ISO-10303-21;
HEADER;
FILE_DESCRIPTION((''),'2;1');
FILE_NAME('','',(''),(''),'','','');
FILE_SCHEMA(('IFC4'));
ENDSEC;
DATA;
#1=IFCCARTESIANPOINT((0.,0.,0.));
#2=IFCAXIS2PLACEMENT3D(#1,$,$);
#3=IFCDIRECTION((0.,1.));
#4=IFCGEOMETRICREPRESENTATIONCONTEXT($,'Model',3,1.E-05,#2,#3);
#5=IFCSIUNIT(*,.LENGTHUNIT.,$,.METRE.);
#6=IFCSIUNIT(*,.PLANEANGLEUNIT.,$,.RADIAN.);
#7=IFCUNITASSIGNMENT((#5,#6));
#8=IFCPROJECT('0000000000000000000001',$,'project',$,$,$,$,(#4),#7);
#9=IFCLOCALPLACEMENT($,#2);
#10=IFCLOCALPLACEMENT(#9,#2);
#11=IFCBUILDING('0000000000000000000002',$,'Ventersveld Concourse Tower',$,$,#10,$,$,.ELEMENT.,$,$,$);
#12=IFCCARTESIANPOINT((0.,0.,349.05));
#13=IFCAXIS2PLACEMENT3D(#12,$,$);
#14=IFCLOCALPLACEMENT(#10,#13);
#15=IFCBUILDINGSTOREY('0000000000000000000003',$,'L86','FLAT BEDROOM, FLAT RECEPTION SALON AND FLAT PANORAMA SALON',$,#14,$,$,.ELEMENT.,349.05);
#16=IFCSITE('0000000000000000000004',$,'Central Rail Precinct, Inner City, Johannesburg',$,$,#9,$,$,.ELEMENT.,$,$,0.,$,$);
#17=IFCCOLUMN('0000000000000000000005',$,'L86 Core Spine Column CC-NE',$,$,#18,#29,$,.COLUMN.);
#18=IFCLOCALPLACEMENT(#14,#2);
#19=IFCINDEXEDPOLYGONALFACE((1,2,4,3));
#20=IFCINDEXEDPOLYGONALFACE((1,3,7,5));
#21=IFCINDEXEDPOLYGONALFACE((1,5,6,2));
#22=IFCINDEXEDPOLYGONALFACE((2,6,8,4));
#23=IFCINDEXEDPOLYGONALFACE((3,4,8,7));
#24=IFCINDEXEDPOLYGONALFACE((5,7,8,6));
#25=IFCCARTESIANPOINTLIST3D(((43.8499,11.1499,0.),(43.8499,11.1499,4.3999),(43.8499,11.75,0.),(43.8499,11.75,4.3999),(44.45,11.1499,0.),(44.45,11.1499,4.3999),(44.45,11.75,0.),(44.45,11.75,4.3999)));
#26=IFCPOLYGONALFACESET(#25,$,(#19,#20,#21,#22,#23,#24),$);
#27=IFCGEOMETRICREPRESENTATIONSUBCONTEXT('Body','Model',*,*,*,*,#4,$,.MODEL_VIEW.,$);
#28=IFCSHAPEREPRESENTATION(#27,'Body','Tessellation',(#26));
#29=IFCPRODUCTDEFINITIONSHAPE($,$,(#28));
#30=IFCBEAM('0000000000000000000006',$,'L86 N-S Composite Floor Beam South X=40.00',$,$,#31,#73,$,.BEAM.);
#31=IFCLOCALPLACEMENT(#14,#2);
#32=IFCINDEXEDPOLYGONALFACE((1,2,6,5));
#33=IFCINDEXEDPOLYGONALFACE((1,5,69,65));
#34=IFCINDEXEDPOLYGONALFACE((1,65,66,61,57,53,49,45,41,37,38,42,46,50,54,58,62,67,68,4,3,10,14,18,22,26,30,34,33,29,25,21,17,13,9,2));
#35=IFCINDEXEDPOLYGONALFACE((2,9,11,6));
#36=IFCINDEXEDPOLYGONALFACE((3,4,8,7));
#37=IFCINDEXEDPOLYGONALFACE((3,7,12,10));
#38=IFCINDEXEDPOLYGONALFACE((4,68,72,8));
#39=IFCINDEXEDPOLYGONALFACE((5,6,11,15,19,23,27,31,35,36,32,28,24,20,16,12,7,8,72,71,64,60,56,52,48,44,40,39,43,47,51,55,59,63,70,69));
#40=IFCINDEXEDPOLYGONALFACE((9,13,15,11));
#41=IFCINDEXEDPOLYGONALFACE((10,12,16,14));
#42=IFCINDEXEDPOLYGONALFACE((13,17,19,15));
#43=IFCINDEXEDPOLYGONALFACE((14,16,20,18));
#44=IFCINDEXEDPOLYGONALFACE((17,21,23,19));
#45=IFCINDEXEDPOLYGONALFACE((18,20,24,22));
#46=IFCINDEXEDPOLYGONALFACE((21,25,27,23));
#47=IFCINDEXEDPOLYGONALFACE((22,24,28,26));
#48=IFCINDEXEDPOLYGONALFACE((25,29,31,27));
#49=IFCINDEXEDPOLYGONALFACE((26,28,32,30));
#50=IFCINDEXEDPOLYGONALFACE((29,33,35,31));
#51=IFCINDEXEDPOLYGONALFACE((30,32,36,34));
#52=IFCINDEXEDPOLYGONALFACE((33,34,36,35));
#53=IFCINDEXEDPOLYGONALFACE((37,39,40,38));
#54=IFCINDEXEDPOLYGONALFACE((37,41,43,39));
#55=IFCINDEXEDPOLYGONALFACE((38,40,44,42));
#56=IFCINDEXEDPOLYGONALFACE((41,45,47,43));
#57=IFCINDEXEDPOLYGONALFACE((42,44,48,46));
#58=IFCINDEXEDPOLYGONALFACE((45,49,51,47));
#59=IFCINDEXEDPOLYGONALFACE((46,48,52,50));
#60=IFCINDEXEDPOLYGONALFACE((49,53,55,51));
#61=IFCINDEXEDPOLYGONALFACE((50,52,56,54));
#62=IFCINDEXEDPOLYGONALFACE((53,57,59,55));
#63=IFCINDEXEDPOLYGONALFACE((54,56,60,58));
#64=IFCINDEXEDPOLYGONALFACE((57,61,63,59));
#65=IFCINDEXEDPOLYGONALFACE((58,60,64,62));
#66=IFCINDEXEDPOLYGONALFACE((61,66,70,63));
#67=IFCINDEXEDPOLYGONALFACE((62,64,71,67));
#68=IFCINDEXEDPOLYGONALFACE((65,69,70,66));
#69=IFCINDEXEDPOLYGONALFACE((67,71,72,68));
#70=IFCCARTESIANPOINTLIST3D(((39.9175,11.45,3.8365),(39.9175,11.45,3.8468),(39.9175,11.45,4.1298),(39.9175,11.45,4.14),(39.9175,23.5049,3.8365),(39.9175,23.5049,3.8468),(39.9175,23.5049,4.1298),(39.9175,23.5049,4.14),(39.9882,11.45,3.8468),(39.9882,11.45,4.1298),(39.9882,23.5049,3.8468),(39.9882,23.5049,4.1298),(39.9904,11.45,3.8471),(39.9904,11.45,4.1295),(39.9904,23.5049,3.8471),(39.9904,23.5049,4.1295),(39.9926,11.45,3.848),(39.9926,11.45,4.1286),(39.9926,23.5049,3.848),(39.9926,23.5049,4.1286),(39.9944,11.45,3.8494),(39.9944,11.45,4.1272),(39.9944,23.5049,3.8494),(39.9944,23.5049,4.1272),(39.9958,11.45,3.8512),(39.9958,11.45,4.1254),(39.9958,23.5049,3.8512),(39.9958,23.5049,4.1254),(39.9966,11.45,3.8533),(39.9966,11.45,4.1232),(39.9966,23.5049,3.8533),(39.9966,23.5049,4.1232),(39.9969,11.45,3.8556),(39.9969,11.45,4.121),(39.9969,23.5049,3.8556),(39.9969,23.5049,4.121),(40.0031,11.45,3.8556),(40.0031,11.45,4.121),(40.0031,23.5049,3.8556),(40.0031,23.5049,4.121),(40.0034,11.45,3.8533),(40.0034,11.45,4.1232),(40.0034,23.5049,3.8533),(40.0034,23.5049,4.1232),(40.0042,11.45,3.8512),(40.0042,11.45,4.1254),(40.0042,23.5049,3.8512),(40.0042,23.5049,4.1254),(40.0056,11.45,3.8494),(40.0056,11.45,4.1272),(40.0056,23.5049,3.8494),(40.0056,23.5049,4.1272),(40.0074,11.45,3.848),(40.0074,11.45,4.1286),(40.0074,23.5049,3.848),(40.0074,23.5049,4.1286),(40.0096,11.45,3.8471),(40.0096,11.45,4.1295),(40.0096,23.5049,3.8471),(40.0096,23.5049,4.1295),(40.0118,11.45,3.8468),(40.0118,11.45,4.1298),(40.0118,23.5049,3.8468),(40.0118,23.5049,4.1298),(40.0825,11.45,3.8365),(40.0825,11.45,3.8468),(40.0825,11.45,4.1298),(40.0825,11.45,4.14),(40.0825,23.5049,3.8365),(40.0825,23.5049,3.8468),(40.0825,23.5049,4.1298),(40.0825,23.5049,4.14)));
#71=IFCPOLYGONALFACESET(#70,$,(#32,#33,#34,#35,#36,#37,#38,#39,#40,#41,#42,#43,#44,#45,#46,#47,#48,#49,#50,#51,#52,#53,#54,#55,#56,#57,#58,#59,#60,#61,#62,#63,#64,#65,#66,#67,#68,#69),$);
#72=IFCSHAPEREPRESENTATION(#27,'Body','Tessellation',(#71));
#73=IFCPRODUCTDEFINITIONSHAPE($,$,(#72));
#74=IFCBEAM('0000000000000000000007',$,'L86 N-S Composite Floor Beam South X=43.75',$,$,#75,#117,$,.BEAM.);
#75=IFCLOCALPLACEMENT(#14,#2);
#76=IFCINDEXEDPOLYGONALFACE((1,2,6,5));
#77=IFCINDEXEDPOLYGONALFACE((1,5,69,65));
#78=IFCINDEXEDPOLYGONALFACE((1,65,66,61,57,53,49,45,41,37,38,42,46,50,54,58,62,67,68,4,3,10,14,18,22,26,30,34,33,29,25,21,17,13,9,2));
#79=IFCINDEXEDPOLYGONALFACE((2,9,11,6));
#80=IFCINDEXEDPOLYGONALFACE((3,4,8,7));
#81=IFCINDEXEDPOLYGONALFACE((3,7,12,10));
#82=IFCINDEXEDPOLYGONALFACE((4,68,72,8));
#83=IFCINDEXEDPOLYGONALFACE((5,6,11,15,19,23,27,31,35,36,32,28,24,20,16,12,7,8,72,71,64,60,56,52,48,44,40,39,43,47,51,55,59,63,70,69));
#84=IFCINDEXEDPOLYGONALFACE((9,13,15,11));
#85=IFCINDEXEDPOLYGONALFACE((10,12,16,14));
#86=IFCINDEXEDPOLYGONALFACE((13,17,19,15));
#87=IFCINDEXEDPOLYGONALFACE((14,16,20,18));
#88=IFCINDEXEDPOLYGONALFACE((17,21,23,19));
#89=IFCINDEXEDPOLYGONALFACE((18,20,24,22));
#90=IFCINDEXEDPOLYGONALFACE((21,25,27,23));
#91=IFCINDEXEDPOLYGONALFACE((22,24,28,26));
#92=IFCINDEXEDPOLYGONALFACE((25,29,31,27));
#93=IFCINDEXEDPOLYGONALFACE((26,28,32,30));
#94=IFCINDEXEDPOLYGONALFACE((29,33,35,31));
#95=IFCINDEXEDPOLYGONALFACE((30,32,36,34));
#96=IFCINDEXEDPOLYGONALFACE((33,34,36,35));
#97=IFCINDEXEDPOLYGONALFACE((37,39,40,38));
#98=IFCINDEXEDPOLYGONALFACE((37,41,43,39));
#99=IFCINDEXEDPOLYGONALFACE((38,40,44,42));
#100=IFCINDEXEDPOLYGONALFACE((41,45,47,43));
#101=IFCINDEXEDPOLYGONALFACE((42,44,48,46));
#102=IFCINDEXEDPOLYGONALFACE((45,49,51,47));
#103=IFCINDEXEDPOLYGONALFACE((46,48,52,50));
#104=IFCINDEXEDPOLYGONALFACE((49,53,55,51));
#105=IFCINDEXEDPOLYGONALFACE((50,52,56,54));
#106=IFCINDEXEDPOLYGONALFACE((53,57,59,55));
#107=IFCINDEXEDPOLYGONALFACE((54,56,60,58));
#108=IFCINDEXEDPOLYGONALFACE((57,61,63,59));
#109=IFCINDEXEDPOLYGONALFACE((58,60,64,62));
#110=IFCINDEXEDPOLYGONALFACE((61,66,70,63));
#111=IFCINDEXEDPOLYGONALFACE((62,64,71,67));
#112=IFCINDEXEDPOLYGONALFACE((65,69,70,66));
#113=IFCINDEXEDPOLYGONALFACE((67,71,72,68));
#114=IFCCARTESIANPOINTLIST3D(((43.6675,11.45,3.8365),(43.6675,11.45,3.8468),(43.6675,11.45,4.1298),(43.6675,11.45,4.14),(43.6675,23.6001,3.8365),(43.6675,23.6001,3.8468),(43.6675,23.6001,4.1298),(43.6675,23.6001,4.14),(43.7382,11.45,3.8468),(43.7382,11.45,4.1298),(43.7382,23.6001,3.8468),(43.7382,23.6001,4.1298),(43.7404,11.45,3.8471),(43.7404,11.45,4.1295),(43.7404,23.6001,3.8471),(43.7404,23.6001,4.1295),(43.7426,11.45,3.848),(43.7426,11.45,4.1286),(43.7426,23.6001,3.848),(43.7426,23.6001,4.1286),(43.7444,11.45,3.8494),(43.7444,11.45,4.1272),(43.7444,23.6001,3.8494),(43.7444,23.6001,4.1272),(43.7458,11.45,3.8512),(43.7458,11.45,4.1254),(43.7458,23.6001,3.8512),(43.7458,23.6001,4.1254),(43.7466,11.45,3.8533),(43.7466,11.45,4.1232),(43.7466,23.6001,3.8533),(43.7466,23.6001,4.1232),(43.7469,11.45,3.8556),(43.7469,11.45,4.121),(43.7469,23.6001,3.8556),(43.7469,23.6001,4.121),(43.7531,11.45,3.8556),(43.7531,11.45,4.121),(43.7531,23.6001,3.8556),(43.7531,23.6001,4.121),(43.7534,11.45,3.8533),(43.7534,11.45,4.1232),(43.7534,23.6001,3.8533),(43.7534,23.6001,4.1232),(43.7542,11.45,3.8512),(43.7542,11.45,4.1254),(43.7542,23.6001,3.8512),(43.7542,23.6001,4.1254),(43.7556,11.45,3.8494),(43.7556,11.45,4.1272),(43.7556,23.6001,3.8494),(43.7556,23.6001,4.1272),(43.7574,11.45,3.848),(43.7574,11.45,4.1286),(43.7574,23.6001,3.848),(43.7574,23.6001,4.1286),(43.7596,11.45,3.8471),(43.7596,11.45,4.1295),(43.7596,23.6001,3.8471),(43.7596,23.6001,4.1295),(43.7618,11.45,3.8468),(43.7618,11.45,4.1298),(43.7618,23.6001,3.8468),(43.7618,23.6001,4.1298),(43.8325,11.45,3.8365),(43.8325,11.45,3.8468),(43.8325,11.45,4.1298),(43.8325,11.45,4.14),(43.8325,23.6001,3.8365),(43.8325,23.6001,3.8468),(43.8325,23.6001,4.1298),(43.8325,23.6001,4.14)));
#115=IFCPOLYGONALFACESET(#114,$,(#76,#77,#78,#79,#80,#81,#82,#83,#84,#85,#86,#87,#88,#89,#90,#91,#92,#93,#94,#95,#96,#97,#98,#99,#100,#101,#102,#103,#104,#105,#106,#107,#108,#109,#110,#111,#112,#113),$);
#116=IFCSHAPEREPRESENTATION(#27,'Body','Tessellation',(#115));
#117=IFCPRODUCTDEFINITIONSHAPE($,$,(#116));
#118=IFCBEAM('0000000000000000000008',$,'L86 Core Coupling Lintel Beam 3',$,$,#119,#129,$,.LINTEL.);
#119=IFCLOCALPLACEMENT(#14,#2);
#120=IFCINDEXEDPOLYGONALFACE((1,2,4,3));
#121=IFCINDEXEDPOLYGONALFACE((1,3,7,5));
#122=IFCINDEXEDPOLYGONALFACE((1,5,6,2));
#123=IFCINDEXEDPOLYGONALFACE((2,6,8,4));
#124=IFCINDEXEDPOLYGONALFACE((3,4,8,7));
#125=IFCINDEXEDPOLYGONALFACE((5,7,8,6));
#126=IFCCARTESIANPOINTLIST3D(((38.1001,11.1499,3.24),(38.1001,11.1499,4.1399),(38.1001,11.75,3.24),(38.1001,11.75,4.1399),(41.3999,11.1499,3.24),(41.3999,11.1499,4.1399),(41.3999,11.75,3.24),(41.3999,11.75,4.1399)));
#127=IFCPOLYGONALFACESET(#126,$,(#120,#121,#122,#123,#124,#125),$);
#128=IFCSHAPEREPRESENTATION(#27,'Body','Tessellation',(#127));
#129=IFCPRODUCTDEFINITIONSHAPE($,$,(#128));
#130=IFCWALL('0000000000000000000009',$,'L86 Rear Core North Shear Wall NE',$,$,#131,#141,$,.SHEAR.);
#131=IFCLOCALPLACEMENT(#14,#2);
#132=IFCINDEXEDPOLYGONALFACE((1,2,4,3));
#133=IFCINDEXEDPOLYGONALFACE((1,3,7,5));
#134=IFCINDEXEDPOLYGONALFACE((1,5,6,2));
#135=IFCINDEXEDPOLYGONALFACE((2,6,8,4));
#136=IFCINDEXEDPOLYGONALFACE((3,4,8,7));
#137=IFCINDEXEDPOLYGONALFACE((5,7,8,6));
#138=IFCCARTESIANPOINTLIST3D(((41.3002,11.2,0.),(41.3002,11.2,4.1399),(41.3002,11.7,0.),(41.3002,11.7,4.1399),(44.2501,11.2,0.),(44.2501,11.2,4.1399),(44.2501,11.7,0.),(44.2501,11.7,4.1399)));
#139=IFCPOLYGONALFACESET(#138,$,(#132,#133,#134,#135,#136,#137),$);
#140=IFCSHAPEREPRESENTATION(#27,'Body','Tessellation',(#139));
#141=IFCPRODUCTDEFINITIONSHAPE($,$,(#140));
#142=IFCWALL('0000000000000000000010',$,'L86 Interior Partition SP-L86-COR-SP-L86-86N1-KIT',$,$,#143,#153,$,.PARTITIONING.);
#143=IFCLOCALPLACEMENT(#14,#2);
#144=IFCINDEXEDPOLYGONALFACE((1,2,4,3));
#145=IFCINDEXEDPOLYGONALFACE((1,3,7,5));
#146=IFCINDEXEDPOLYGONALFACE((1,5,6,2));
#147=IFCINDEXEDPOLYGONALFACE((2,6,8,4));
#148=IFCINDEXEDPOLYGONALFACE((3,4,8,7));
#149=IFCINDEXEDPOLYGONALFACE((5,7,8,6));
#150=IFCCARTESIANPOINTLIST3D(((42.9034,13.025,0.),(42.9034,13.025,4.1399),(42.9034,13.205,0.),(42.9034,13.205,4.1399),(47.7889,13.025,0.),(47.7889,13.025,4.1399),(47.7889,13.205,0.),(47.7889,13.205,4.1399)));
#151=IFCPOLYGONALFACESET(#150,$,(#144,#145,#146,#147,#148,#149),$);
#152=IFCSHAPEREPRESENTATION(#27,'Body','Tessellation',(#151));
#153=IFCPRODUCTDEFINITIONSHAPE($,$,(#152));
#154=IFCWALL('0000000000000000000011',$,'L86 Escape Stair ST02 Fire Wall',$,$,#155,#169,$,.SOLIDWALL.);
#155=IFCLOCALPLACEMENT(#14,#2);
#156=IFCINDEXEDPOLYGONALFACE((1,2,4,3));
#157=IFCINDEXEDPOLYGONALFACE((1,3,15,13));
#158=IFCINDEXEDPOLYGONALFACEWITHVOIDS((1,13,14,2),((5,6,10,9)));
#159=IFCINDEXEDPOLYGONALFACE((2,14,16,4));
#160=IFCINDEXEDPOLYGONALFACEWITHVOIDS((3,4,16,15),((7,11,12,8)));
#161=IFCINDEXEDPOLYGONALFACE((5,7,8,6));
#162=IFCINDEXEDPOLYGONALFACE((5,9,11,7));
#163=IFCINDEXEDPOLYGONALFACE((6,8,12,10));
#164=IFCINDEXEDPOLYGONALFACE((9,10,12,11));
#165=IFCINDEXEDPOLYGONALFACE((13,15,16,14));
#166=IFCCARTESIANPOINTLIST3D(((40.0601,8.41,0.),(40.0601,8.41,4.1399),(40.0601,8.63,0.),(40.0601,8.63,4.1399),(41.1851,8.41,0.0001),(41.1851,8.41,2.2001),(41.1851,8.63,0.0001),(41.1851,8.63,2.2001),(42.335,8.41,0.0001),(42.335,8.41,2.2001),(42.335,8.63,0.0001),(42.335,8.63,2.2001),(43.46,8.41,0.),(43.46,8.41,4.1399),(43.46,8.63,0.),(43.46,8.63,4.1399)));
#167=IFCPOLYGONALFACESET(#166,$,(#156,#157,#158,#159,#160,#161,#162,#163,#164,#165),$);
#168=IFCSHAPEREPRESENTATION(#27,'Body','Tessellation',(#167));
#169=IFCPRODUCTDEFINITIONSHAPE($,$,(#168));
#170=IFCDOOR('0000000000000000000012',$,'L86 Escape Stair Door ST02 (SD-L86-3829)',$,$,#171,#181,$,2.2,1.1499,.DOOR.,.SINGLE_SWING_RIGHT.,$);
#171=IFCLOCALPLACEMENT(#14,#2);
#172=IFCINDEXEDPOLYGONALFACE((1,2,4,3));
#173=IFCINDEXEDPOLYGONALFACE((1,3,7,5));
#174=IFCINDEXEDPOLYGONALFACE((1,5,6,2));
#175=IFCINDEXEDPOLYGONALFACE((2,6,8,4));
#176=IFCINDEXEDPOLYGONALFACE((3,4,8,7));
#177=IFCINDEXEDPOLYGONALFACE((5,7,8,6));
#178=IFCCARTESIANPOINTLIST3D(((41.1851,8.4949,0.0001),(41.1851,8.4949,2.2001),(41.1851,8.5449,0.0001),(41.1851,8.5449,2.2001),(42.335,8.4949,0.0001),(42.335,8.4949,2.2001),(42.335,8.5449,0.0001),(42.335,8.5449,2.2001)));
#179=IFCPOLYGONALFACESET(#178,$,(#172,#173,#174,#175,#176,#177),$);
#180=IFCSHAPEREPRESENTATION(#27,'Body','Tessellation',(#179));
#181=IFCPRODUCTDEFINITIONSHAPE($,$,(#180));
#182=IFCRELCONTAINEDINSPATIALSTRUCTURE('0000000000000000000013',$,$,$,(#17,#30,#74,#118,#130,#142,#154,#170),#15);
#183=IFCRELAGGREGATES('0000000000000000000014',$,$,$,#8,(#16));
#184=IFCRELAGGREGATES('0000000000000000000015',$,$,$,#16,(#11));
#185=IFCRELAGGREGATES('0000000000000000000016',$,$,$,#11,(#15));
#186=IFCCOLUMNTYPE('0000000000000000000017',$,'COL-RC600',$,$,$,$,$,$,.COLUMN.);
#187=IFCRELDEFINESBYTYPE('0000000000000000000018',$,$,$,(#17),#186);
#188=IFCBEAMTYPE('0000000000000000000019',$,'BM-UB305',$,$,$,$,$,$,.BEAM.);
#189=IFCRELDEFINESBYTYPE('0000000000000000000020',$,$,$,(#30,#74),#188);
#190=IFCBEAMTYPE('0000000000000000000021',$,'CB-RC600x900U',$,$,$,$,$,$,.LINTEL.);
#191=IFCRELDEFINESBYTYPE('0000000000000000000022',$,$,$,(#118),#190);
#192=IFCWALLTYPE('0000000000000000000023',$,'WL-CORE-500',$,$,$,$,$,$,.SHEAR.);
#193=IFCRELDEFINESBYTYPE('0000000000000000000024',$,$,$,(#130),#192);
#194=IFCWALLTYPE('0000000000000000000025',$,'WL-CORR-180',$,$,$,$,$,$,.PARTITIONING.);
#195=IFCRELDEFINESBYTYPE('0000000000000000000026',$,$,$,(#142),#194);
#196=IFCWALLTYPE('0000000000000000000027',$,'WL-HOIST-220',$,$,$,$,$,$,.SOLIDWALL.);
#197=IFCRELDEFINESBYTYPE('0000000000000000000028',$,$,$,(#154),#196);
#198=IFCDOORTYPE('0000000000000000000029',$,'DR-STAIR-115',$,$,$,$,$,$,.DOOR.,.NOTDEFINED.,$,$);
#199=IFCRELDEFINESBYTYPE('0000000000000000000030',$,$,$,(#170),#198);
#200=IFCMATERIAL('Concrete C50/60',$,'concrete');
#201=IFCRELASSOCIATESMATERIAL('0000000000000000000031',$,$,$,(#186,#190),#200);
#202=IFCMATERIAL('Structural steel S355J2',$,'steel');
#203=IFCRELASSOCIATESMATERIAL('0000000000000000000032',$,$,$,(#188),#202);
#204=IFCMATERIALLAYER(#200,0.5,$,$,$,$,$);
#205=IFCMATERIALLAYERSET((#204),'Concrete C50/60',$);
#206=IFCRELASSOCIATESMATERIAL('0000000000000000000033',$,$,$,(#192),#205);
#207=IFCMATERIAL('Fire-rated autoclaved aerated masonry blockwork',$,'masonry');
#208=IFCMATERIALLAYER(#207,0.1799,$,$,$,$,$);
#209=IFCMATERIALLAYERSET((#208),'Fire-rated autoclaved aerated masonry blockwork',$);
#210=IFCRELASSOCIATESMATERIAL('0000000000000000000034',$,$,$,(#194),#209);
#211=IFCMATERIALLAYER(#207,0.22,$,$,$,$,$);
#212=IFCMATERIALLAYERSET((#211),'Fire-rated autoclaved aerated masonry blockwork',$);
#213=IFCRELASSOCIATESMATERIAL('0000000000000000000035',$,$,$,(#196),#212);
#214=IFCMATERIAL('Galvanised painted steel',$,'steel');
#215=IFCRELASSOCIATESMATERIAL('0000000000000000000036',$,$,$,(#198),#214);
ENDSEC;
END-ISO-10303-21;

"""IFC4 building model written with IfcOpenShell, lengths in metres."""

from ifc_helpers import new_model, si_unit, direction, frame, frame_2d, origin, origin_2d, place, context, subcontext, project, spatial, rectangle, i_section, extrude, material, layer, layer_set, material_profile, profile_set, type_object, element, fill, save


model = new_model("IFC4")

# Units and contexts
model_context = context("Model", 3, precision=1e-05, world=origin(), true_north=direction((0.0, 1.0)))
body_context = subcontext(model_context, "Body", "Model", "MODEL_VIEW")
ifc_project = project(units=[si_unit("LENGTHUNIT", "METRE"), si_unit("PLANEANGLEUNIT", "RADIAN")], contexts=[model_context])

# Site, building, storey
site_placement = place(None, origin())
site = spatial("IfcSite", under=ifc_project, at=site_placement, Name="Central Rail Precinct, Inner City, Johannesburg", CompositionType="ELEMENT", RefElevation=0.0)
building_placement = place(site_placement, origin())
building = spatial("IfcBuilding", under=site, at=building_placement, Name="Ventersveld Concourse Tower", CompositionType="ELEMENT")
storey_placement = place(building_placement, frame((0.0, 0.0, 349.05)))
storey = spatial("IfcBuildingStorey", under=building, at=storey_placement, Name="L86", Description="FLAT BEDROOM, FLAT RECEPTION SALON AND FLAT PANORAMA SALON", CompositionType="ELEMENT", Elevation=349.05)

# Column
ifc_material_1 = material(Name="Concrete C50/60", Category="concrete")
ifc_material_profile_1 = material_profile(ifc_material_1, rectangle(XDim=0.6001, YDim=0.6001, at=origin_2d()), Name="RC 600x600")
ifc_profile_set_1 = profile_set([ifc_material_profile_1], Name="Concrete C50/60")
column_type = type_object("IfcColumnType", Name="COL-RC600", PredefinedType="COLUMN", material=ifc_profile_set_1)
column_placement = place(storey_placement, frame((44.1499, 11.45, 0.0), z_axis=(0.0, 0.0, 1.0), x_axis=(1.0, 0.0, 0.0)))
element("IfcColumn", 1, at=column_placement, inside=storey, type_object=column_type, Name="L86 Core Spine Column CC-NE", PredefinedType="COLUMN", context=body_context, shape_type="SweptSolid", body=[
    extrude(rectangle(XDim=0.6001, YDim=0.6001, at=origin_2d()), origin(), (0.0, 0.0, 1.0), 4.3999),
])

# Beams
ifc_material_2 = material(Name="Structural steel S355J2", Category="steel")
ifc_material_profile_2 = material_profile(ifc_material_2, i_section(OverallWidth=0.165, OverallDepth=0.3035, WebThickness=0.0061, FlangeThickness=0.0103, FilletRadius=0.0088, at=origin_2d()), Name="UB 305x165x40")
ifc_profile_set_2 = profile_set([ifc_material_profile_2], Name="Structural steel S355J2")
beam_type_1 = type_object("IfcBeamType", Name="BM-UB305", PredefinedType="BEAM", material=ifc_profile_set_2)
beam_1_placement = place(storey_placement, frame((40.0, 11.45, 3.9883), z_axis=(0.0, 1.0, 0.0), x_axis=(-1.0, 0.0, 0.0)))
element("IfcBeam", 2, at=beam_1_placement, inside=storey, type_object=beam_type_1, Name="L86 N-S Composite Floor Beam South X=40.00", PredefinedType="BEAM", context=body_context, shape_type="SweptSolid", body=[
    extrude(i_section(OverallWidth=0.165, OverallDepth=0.3035, WebThickness=0.0061, FlangeThickness=0.0103, FilletRadius=0.0088, at=origin_2d()), origin(), (0.0, 0.0, 1.0), 12.0549),
])
beam_2_placement = place(storey_placement, frame((43.75, 11.45, 3.9883), z_axis=(0.0, 1.0, 0.0), x_axis=(-1.0, 0.0, 0.0)))
element("IfcBeam", 3, at=beam_2_placement, inside=storey, type_object=beam_type_1, Name="L86 N-S Composite Floor Beam South X=43.75", PredefinedType="BEAM", context=body_context, shape_type="SweptSolid", body=[
    extrude(i_section(OverallWidth=0.165, OverallDepth=0.3035, WebThickness=0.0061, FlangeThickness=0.0103, FilletRadius=0.0088, at=origin_2d()), origin(), (0.0, 0.0, 1.0), 12.1501),
])
ifc_material_profile_3 = material_profile(ifc_material_1, rectangle(XDim=0.6001, YDim=0.8999, at=origin_2d()), Name="RC 600x900")
ifc_profile_set_3 = profile_set([ifc_material_profile_3], Name="Concrete C50/60")
beam_type_2 = type_object("IfcBeamType", Name="CB-RC600x900U", PredefinedType="LINTEL", material=ifc_profile_set_3)
beam_3_placement = place(storey_placement, frame((38.1001, 11.45, 3.6899), z_axis=(1.0, 0.0, 0.0), x_axis=(0.0, 1.0, 0.0)))
element("IfcBeam", 4, at=beam_3_placement, inside=storey, type_object=beam_type_2, Name="L86 Core Coupling Lintel Beam 3", PredefinedType="LINTEL", context=body_context, shape_type="SweptSolid", body=[
    extrude(rectangle(XDim=0.6001, YDim=0.8999, at=origin_2d()), origin(), (0.0, 0.0, 1.0), 3.2998),
])

# Wall
ifc_layer_1 = layer(ifc_material_1, 0.5)
ifc_layer_set_1 = layer_set([ifc_layer_1], Name="Concrete C50/60")
wall_type_1 = type_object("IfcWallType", Name="WL-CORE-500", PredefinedType="SHEAR", material=ifc_layer_set_1)
wall_1_placement = place(storey_placement, frame((41.3, 11.45, 0.0), z_axis=(0.0, 0.0, 1.0), x_axis=(1.0, 0.0, 0.0)))
element("IfcWall", 5, at=wall_1_placement, inside=storey, type_object=wall_type_1, Name="L86 Rear Core North Shear Wall NE", PredefinedType="SHEAR", context=body_context, shape_type="SweptSolid", body=[
    extrude(rectangle(XDim=2.95, YDim=0.5, at=frame_2d((1.4751, 0.0))), origin(), (0.0, 0.0, 1.0), 4.1399),
])

# Shared definitions
ifc_material_3 = material(Name="Fire-rated autoclaved aerated masonry blockwork", Category="masonry")
ifc_layer_2 = layer(ifc_material_3, 0.1799)
ifc_layer_set_2 = layer_set([ifc_layer_2], Name="Fire-rated autoclaved aerated masonry blockwork")
wall_type_2 = type_object("IfcWallType", Name="WL-CORR-180", PredefinedType="PARTITIONING", material=ifc_layer_set_2)

# Wall
wall_2_placement = place(storey_placement, frame((42.9033, 13.115, 0.0), z_axis=(0.0, 0.0, 1.0), x_axis=(1.0, 0.0, 0.0)))
element("IfcWall", 6, at=wall_2_placement, inside=storey, type_object=wall_type_2, Name="L86 Interior Partition SP-L86-COR-SP-L86-86N1-KIT", PredefinedType="PARTITIONING", context=body_context, shape_type="SweptSolid", body=[
    extrude(rectangle(XDim=4.8855, YDim=0.1799, at=frame_2d((2.4429, 0.0))), origin(), (0.0, 0.0, 1.0), 4.1399),
])

# Wall, opening, door
ifc_layer_3 = layer(ifc_material_3, 0.22)
ifc_layer_set_3 = layer_set([ifc_layer_3], Name="Fire-rated autoclaved aerated masonry blockwork")
wall_type_3 = type_object("IfcWallType", Name="WL-HOIST-220", PredefinedType="SOLIDWALL", material=ifc_layer_set_3)
wall_3_placement = place(storey_placement, frame((40.0601, 8.52, 0.0), z_axis=(0.0, 0.0, 1.0), x_axis=(1.0, 0.0, 0.0)))
wall_3 = element("IfcWall", 7, at=wall_3_placement, inside=storey, type_object=wall_type_3, Name="L86 Escape Stair ST02 Fire Wall", PredefinedType="SOLIDWALL", context=body_context, shape_type="SweptSolid", body=[
    extrude(rectangle(XDim=3.3999, YDim=0.22, at=frame_2d((1.7, 0.0))), origin(), (0.0, 0.0, 1.0), 4.1399),
])
opening_1_placement = place(wall_3_placement, frame((1.125, 0.0, 0.0)))
opening_1 = element("IfcOpeningElement", 8, at=opening_1_placement, cuts=wall_3, PredefinedType="OPENING", context=body_context, shape_type="SweptSolid", body=[
    extrude(rectangle(XDim=1.1499, YDim=2.2, at=frame_2d((0.575, 1.1001))), frame((0.0, 0.1201, 0.0), z_axis=(0.0, -1.0, 0.0), x_axis=(1.0, 0.0, 0.0)), (0.0, 0.0, 1.0), 0.24),
])
ifc_material_4 = material(Name="Galvanised painted steel", Category="steel")
door_type_1 = type_object("IfcDoorType", Name="DR-STAIR-115", OperationType="NOTDEFINED", PredefinedType="DOOR", material=ifc_material_4)
door_1_placement = place(opening_1_placement, origin())
door_1 = element("IfcDoor", 9, at=door_1_placement, inside=storey, type_object=door_type_1, Name="L86 Escape Stair Door ST02 (SD-L86-3829)", OperationType="SINGLE_SWING_RIGHT", OverallHeight=2.2, OverallWidth=1.1499, PredefinedType="DOOR", context=body_context, shape_type="SweptSolid", body=[
    extrude(rectangle(XDim=1.1499, YDim=2.2, at=frame_2d((0.575, 1.1001))), frame((0.0, 0.0249, 0.0), z_axis=(0.0, -1.0, 0.0), x_axis=(1.0, 0.0, 0.0)), (0.0, 0.0, 1.0), 0.05),
])
fill(opening_1, door_1)

save(model, "model.ifc")
